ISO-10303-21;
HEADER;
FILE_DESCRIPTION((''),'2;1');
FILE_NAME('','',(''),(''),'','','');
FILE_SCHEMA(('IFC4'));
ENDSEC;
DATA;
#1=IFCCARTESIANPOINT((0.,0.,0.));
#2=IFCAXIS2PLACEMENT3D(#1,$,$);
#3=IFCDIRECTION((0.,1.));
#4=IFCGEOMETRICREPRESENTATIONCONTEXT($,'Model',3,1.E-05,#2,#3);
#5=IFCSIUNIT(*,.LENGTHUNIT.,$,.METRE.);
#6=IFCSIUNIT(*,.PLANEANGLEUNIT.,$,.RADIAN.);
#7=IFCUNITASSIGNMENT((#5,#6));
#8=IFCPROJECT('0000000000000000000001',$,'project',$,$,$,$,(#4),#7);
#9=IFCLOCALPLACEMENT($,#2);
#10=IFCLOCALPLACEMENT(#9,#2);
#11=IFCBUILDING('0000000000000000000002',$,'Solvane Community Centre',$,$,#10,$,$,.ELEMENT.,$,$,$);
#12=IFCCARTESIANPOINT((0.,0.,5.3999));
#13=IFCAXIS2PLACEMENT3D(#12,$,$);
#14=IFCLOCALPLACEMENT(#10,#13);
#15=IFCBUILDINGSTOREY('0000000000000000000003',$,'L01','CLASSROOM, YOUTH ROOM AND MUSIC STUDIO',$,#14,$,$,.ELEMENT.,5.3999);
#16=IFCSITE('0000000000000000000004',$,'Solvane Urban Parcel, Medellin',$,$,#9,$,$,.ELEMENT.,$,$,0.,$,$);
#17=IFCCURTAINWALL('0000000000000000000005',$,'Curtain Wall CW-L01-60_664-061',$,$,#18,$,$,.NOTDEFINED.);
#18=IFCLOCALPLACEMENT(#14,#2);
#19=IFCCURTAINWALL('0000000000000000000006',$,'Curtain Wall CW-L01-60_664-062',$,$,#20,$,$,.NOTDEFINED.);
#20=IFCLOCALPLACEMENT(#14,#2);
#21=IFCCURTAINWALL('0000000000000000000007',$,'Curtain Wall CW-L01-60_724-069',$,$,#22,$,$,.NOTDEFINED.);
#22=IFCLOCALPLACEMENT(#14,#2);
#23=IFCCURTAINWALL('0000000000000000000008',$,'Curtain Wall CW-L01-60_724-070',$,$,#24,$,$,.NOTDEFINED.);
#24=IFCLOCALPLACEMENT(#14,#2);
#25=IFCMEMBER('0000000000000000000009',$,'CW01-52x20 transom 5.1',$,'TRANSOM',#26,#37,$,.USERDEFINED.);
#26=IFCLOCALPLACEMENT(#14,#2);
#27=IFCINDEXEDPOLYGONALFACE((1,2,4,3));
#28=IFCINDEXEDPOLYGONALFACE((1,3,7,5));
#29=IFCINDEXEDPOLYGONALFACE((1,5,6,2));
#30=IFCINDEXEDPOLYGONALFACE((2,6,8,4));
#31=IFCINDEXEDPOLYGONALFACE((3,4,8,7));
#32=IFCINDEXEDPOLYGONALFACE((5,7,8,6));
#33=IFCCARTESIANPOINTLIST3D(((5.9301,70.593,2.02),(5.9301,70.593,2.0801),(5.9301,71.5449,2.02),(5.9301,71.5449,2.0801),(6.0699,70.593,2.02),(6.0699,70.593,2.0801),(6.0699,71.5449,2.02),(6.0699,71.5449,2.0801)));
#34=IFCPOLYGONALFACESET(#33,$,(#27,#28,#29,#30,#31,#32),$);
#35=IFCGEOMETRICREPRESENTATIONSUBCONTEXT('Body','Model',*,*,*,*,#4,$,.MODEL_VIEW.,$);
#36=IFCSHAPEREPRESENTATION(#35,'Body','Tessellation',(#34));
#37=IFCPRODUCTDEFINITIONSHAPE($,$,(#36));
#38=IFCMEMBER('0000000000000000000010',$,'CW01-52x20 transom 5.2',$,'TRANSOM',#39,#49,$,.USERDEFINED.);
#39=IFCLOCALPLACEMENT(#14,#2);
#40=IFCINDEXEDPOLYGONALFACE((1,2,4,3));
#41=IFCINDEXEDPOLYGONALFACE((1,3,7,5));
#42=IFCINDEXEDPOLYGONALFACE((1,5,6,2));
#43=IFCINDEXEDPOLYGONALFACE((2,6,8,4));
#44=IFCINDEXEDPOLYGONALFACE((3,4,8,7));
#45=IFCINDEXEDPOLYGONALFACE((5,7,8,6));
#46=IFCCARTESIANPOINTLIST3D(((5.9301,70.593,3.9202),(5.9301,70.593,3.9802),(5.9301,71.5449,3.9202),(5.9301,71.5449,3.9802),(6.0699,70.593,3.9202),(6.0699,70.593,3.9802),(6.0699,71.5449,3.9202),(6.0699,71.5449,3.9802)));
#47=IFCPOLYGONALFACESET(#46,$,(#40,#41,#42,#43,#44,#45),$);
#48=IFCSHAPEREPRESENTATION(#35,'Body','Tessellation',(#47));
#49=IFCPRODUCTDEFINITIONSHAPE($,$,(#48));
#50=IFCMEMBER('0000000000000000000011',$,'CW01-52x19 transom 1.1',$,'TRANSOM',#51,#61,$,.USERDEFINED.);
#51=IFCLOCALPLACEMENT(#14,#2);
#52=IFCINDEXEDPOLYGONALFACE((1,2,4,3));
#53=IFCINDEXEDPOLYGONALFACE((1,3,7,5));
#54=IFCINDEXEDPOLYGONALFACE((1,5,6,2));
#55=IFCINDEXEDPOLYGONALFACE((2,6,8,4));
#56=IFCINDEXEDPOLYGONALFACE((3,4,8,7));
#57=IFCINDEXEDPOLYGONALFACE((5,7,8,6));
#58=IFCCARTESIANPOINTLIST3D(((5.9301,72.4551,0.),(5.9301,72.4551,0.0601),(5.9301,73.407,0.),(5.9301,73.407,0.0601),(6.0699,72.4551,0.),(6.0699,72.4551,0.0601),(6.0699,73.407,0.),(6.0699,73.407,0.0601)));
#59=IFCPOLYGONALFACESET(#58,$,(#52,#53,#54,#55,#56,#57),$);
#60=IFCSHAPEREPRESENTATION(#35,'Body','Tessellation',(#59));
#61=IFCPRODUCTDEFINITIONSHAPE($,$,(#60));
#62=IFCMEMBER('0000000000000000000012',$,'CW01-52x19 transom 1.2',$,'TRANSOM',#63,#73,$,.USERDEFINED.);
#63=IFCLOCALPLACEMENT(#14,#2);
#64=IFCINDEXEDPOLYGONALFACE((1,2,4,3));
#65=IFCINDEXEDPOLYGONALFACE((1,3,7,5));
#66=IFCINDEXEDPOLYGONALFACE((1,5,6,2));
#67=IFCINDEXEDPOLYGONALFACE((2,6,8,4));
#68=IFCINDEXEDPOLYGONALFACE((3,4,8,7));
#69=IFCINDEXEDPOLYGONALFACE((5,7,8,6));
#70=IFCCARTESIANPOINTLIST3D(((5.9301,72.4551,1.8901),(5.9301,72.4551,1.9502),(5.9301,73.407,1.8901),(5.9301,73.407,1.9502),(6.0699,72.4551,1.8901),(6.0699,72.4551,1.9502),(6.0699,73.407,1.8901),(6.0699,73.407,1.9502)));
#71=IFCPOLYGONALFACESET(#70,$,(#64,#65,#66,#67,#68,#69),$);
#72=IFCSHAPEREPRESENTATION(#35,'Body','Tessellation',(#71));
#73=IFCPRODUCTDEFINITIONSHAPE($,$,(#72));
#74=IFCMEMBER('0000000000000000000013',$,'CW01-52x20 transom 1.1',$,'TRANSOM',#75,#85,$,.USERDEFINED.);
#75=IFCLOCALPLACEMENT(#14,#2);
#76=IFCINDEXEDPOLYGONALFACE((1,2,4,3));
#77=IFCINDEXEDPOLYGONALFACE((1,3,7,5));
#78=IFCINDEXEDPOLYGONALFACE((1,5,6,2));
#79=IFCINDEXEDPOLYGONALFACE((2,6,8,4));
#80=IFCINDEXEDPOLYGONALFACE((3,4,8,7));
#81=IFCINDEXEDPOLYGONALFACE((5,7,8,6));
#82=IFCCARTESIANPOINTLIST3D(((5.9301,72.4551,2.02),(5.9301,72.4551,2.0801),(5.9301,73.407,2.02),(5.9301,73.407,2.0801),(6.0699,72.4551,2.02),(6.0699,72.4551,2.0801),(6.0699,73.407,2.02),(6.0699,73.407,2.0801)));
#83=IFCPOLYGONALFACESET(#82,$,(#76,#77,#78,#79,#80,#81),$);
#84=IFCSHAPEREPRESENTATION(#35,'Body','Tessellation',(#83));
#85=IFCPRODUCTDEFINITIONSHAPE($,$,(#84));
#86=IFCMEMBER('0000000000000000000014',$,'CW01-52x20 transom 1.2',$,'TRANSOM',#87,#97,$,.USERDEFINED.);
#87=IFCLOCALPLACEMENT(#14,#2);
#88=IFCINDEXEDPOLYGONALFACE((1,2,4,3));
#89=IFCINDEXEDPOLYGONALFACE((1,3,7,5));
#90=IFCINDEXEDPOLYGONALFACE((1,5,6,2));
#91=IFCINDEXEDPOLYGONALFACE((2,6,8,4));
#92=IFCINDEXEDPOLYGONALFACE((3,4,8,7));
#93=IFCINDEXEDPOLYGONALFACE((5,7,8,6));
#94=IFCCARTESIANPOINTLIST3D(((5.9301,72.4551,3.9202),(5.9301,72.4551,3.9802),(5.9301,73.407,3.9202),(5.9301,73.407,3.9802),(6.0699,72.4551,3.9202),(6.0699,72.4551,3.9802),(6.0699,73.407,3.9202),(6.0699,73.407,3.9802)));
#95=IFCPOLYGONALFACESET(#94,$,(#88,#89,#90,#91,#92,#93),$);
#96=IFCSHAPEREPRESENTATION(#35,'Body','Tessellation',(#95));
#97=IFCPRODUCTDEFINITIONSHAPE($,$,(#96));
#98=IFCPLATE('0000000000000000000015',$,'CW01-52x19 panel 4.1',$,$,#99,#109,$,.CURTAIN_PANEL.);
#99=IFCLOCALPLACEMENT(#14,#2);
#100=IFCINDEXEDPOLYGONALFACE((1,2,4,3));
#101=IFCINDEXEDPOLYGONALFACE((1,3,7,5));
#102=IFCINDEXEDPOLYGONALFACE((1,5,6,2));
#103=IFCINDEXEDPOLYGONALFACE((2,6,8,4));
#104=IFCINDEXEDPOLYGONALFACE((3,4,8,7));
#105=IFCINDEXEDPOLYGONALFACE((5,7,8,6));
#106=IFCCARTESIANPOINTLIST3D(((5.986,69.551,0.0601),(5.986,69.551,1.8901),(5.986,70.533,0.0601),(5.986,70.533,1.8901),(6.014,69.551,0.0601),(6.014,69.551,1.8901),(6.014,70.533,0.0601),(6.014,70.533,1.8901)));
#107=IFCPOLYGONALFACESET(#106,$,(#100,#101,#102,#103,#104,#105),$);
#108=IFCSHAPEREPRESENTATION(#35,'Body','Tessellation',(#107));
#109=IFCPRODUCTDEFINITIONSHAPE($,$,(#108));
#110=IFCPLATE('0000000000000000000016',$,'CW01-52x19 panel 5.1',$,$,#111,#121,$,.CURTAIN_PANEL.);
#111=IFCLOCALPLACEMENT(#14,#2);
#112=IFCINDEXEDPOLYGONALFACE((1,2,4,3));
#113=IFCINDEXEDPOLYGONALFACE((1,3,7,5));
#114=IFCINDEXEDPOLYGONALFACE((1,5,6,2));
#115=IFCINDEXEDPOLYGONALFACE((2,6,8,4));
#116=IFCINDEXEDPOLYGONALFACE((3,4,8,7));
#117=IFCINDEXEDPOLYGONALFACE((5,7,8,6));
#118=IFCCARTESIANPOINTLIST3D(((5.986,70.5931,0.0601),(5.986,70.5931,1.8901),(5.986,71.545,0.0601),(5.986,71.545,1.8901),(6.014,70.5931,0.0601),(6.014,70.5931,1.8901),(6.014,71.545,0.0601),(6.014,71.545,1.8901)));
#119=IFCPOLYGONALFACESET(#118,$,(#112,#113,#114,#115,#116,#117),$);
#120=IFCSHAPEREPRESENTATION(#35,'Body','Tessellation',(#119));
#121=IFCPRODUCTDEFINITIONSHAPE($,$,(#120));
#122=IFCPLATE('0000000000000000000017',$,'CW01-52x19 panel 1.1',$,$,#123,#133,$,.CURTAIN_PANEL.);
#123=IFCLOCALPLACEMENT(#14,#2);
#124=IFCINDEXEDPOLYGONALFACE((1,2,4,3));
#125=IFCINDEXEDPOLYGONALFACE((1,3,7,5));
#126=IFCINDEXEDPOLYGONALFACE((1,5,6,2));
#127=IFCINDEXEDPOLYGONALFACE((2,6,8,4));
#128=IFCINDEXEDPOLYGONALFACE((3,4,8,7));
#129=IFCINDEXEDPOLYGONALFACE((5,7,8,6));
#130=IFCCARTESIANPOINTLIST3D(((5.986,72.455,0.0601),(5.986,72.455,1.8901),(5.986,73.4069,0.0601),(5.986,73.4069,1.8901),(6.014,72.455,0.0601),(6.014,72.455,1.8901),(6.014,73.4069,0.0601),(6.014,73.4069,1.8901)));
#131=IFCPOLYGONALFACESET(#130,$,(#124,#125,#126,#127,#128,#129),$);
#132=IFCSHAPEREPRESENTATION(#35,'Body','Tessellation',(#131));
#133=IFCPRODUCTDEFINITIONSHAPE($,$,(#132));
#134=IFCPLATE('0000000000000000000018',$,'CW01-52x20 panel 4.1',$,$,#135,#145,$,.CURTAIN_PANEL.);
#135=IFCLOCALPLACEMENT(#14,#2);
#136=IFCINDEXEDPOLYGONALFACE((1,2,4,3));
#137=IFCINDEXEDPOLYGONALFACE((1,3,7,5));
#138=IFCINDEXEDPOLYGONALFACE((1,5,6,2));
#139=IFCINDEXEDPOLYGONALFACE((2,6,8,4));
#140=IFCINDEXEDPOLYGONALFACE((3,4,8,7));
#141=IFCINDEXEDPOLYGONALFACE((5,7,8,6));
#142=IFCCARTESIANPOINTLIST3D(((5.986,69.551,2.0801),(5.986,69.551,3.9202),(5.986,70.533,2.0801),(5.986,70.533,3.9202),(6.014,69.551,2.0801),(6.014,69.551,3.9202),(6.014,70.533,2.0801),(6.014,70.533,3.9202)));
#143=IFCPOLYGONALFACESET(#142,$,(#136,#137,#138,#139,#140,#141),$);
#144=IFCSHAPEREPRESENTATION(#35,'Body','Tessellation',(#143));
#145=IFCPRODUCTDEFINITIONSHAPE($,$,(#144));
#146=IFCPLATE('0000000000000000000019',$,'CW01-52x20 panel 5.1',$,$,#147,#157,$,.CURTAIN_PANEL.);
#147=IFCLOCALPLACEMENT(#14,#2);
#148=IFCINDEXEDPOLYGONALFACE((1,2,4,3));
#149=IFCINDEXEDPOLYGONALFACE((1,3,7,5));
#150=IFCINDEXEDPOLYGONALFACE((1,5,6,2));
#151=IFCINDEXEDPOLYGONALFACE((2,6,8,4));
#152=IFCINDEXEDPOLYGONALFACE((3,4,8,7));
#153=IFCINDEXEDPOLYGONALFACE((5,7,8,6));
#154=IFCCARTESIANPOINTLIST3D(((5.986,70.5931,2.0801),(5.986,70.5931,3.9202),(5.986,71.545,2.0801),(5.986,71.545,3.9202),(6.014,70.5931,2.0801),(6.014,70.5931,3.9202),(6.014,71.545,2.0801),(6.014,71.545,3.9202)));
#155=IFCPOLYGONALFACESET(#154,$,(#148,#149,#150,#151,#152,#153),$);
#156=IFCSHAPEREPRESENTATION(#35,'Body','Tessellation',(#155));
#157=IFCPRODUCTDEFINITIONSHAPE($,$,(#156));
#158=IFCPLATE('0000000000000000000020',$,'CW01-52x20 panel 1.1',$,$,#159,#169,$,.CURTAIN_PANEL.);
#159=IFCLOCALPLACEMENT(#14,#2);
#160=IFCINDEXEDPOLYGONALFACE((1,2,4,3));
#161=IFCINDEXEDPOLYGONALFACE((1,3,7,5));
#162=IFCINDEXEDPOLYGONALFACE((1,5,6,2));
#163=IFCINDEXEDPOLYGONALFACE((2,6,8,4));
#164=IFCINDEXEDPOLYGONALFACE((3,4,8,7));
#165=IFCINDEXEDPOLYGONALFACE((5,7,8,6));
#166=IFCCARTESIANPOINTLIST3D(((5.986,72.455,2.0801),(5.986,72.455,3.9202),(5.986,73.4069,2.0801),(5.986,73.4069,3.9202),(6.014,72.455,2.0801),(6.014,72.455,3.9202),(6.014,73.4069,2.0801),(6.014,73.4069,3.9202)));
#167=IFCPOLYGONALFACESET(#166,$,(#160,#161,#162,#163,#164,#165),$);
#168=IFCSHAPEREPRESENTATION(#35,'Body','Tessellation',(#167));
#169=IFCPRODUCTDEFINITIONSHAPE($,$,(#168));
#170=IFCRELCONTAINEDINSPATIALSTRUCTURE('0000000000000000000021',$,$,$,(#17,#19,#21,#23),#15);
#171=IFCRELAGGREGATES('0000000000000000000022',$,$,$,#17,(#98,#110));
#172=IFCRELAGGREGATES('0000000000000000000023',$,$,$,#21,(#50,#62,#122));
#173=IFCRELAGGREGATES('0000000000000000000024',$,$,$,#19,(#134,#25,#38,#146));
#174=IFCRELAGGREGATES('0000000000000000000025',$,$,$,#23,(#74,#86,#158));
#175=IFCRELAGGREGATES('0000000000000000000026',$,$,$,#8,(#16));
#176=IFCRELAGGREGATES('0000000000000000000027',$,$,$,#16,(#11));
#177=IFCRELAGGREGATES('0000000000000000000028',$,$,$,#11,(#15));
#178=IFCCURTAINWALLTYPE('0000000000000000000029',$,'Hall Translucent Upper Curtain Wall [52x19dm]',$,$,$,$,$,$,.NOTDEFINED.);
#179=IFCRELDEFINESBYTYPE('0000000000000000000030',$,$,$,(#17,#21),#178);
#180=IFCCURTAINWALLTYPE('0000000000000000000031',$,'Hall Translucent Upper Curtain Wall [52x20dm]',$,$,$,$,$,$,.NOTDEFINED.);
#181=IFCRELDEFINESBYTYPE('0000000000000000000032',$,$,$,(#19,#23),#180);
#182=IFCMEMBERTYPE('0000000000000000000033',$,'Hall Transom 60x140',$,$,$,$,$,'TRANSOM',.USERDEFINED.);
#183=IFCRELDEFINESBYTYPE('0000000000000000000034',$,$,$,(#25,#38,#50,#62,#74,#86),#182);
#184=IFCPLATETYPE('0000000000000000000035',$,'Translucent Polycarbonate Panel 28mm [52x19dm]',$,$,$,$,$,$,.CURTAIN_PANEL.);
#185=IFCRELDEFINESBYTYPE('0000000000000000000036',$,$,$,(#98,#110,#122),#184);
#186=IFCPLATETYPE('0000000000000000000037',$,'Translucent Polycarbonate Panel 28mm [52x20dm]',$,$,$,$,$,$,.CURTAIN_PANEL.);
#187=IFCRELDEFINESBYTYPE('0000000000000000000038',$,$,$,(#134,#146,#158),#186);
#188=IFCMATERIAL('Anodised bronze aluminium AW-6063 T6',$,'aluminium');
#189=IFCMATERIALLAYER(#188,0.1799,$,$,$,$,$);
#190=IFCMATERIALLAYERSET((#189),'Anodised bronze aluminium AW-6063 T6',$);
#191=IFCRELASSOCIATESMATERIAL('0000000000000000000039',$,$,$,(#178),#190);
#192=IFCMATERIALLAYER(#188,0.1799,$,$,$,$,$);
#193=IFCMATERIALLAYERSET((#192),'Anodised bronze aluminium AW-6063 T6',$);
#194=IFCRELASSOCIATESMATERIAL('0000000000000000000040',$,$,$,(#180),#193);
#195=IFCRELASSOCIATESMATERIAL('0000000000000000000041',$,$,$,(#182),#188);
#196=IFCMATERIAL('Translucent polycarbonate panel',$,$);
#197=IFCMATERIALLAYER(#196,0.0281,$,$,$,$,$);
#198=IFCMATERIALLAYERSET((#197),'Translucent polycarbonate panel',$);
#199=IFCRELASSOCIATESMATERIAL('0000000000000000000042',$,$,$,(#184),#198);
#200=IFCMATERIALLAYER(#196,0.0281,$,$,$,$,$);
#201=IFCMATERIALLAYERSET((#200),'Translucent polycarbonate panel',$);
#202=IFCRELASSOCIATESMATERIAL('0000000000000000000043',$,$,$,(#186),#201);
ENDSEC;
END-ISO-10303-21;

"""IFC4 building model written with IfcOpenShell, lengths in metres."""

from ifc_helpers import new_model, si_unit, direction, frame, origin, origin_2d, place, context, subcontext, project, spatial, rectangle, extrude, material, layer, layer_set, material_profile, profile_set, type_object, element, aggregate, save


model = new_model("IFC4")

# Units and contexts
model_context = context("Model", 3, precision=1e-05, world=origin(), true_north=direction((0.0, 1.0)))
body_context = subcontext(model_context, "Body", "Model", "MODEL_VIEW")
ifc_project = project(units=[si_unit("LENGTHUNIT", "METRE"), si_unit("PLANEANGLEUNIT", "RADIAN")], contexts=[model_context])

# Site, building, storey
site_placement = place(None, origin())
site = spatial("IfcSite", under=ifc_project, at=site_placement, Name="Solvane Urban Parcel, Medellin", CompositionType="ELEMENT", RefElevation=0.0)
building_placement = place(site_placement, origin())
building = spatial("IfcBuilding", under=site, at=building_placement, Name="Solvane Community Centre", CompositionType="ELEMENT")
storey_placement = place(building_placement, frame((0.0, 0.0, 5.3999)))
storey = spatial("IfcBuildingStorey", under=building, at=storey_placement, Name="L01", Description="CLASSROOM, YOUTH ROOM AND MUSIC STUDIO", CompositionType="ELEMENT", Elevation=5.3999)

# Curtain walls
ifc_material_1 = material(Name="Anodised bronze aluminium AW-6063 T6", Category="aluminium")
ifc_layer_1 = layer(ifc_material_1, 0.1799)
ifc_layer_set_1 = layer_set([ifc_layer_1], Name="Anodised bronze aluminium AW-6063 T6")
curtain_wall_type_1 = type_object("IfcCurtainWallType", Name="Hall Translucent Upper Curtain Wall [52x19dm]", PredefinedType="NOTDEFINED", material=ifc_layer_set_1)
curtain_wall_1_placement = place(storey_placement, origin())
curtain_wall_1 = element("IfcCurtainWall", 1, at=curtain_wall_1_placement, inside=storey, type_object=curtain_wall_type_1, Name="Curtain Wall CW-L01-60_664-061", PredefinedType="NOTDEFINED")
ifc_layer_2 = layer(ifc_material_1, 0.1799)
ifc_layer_set_2 = layer_set([ifc_layer_2], Name="Anodised bronze aluminium AW-6063 T6")
curtain_wall_type_2 = type_object("IfcCurtainWallType", Name="Hall Translucent Upper Curtain Wall [52x20dm]", PredefinedType="NOTDEFINED", material=ifc_layer_set_2)
curtain_wall_2_placement = place(storey_placement, origin())
curtain_wall_2 = element("IfcCurtainWall", 2, at=curtain_wall_2_placement, inside=storey, type_object=curtain_wall_type_2, Name="Curtain Wall CW-L01-60_664-062", PredefinedType="NOTDEFINED")

# Curtain walls
curtain_wall_3_placement = place(storey_placement, origin())
curtain_wall_3 = element("IfcCurtainWall", 3, at=curtain_wall_3_placement, inside=storey, type_object=curtain_wall_type_1, Name="Curtain Wall CW-L01-60_724-069", PredefinedType="NOTDEFINED")
curtain_wall_4_placement = place(storey_placement, origin())
curtain_wall_4 = element("IfcCurtainWall", 4, at=curtain_wall_4_placement, inside=storey, type_object=curtain_wall_type_2, Name="Curtain Wall CW-L01-60_724-070", PredefinedType="NOTDEFINED")

# Members
ifc_material_profile_1 = material_profile(ifc_material_1, rectangle(XDim=0.1399, YDim=0.0601, at=origin_2d()), Name="CW-T 60x140")
ifc_profile_set_1 = profile_set([ifc_material_profile_1], Name="Anodised bronze aluminium AW-6063 T6")
member_type_1 = type_object("IfcMemberType", Name="Hall Transom 60x140", ElementType="TRANSOM", PredefinedType="USERDEFINED", material=ifc_profile_set_1)
member_1_placement = place(storey_placement, frame((6.0, 70.593, 2.05), z_axis=(0.0, 1.0, 0.0), x_axis=(-1.0, 0.0, 0.0)))
member_1 = element("IfcMember", 5, at=member_1_placement, type_object=member_type_1, Name="CW01-52x20 transom 5.1", ObjectType="TRANSOM", PredefinedType="USERDEFINED", context=body_context, shape_type="SweptSolid", body=[
    extrude(rectangle(XDim=0.1399, YDim=0.0601, at=origin_2d()), origin(), (0.0, 0.0, 1.0), 0.9519),
])
member_2_placement = place(storey_placement, frame((6.0, 70.593, 3.9502), z_axis=(0.0, 1.0, 0.0), x_axis=(-1.0, 0.0, 0.0)))
member_2 = element("IfcMember", 6, at=member_2_placement, type_object=member_type_1, Name="CW01-52x20 transom 5.2", ObjectType="TRANSOM", PredefinedType="USERDEFINED", context=body_context, shape_type="SweptSolid", body=[
    extrude(rectangle(XDim=0.1399, YDim=0.0601, at=origin_2d()), origin(), (0.0, 0.0, 1.0), 0.9519),
])
member_3_placement = place(storey_placement, frame((6.0, 72.4551, 0.03), z_axis=(0.0, 1.0, 0.0), x_axis=(-1.0, 0.0, 0.0)))
member_3 = element("IfcMember", 7, at=member_3_placement, type_object=member_type_1, Name="CW01-52x19 transom 1.1", ObjectType="TRANSOM", PredefinedType="USERDEFINED", context=body_context, shape_type="SweptSolid", body=[
    extrude(rectangle(XDim=0.1399, YDim=0.0601, at=origin_2d()), origin(), (0.0, 0.0, 1.0), 0.9519),
])
member_4_placement = place(storey_placement, frame((6.0, 72.4551, 1.9202), z_axis=(0.0, 1.0, 0.0), x_axis=(-1.0, 0.0, 0.0)))
member_4 = element("IfcMember", 8, at=member_4_placement, type_object=member_type_1, Name="CW01-52x19 transom 1.2", ObjectType="TRANSOM", PredefinedType="USERDEFINED", context=body_context, shape_type="SweptSolid", body=[
    extrude(rectangle(XDim=0.1399, YDim=0.0601, at=origin_2d()), origin(), (0.0, 0.0, 1.0), 0.9519),
])
member_5_placement = place(storey_placement, frame((6.0, 72.4551, 2.05), z_axis=(0.0, 1.0, 0.0), x_axis=(-1.0, 0.0, 0.0)))
member_5 = element("IfcMember", 9, at=member_5_placement, type_object=member_type_1, Name="CW01-52x20 transom 1.1", ObjectType="TRANSOM", PredefinedType="USERDEFINED", context=body_context, shape_type="SweptSolid", body=[
    extrude(rectangle(XDim=0.1399, YDim=0.0601, at=origin_2d()), origin(), (0.0, 0.0, 1.0), 0.9519),
])
member_6_placement = place(storey_placement, frame((6.0, 72.4551, 3.9502), z_axis=(0.0, 1.0, 0.0), x_axis=(-1.0, 0.0, 0.0)))
member_6 = element("IfcMember", 10, at=member_6_placement, type_object=member_type_1, Name="CW01-52x20 transom 1.2", ObjectType="TRANSOM", PredefinedType="USERDEFINED", context=body_context, shape_type="SweptSolid", body=[
    extrude(rectangle(XDim=0.1399, YDim=0.0601, at=origin_2d()), origin(), (0.0, 0.0, 1.0), 0.9519),
])

# Plates
ifc_material_2 = material(Name="Translucent polycarbonate panel")
ifc_layer_3 = layer(ifc_material_2, 0.0281)
ifc_layer_set_3 = layer_set([ifc_layer_3], Name="Translucent polycarbonate panel")
plate_type_1 = type_object("IfcPlateType", Name="Translucent Polycarbonate Panel 28mm [52x19dm]", PredefinedType="CURTAIN_PANEL", material=ifc_layer_set_3)
plate_1_placement = place(storey_placement, frame((6.0, 70.042, 0.0601), z_axis=(0.0, 0.0, 1.0), x_axis=(0.0, 1.0, 0.0)))
plate_1 = element("IfcPlate", 11, at=plate_1_placement, type_object=plate_type_1, Name="CW01-52x19 panel 4.1", PredefinedType="CURTAIN_PANEL", context=body_context, shape_type="SweptSolid", body=[
    extrude(rectangle(XDim=0.9819, YDim=0.0281, at=origin_2d()), origin(), (0.0, 0.0, 1.0), 1.8301),
])
plate_2_placement = place(storey_placement, frame((6.0, 71.0691, 0.0601), z_axis=(0.0, 0.0, 1.0), x_axis=(0.0, 1.0, 0.0)))
plate_2 = element("IfcPlate", 12, at=plate_2_placement, type_object=plate_type_1, Name="CW01-52x19 panel 5.1", PredefinedType="CURTAIN_PANEL", context=body_context, shape_type="SweptSolid", body=[
    extrude(rectangle(XDim=0.9519, YDim=0.0281, at=origin_2d()), origin(), (0.0, 0.0, 1.0), 1.8301),
])
aggregate(curtain_wall_1, [plate_1, plate_2])
plate_3_placement = place(storey_placement, frame((6.0, 72.9309, 0.0601), z_axis=(0.0, 0.0, 1.0), x_axis=(0.0, 1.0, 0.0)))
plate_3 = element("IfcPlate", 13, at=plate_3_placement, type_object=plate_type_1, Name="CW01-52x19 panel 1.1", PredefinedType="CURTAIN_PANEL", context=body_context, shape_type="SweptSolid", body=[
    extrude(rectangle(XDim=0.9519, YDim=0.0281, at=origin_2d()), origin(), (0.0, 0.0, 1.0), 1.8301),
])
aggregate(curtain_wall_3, [member_3, member_4, plate_3])
ifc_layer_4 = layer(ifc_material_2, 0.0281)
ifc_layer_set_4 = layer_set([ifc_layer_4], Name="Translucent polycarbonate panel")
plate_type_2 = type_object("IfcPlateType", Name="Translucent Polycarbonate Panel 28mm [52x20dm]", PredefinedType="CURTAIN_PANEL", material=ifc_layer_set_4)
plate_4_placement = place(storey_placement, frame((6.0, 70.042, 2.0801), z_axis=(0.0, 0.0, 1.0), x_axis=(0.0, 1.0, 0.0)))
plate_4 = element("IfcPlate", 14, at=plate_4_placement, type_object=plate_type_2, Name="CW01-52x20 panel 4.1", PredefinedType="CURTAIN_PANEL", context=body_context, shape_type="SweptSolid", body=[
    extrude(rectangle(XDim=0.9819, YDim=0.0281, at=origin_2d()), origin(), (0.0, 0.0, 1.0), 1.8401),
])
plate_5_placement = place(storey_placement, frame((6.0, 71.0691, 2.0801), z_axis=(0.0, 0.0, 1.0), x_axis=(0.0, 1.0, 0.0)))
plate_5 = element("IfcPlate", 15, at=plate_5_placement, type_object=plate_type_2, Name="CW01-52x20 panel 5.1", PredefinedType="CURTAIN_PANEL", context=body_context, shape_type="SweptSolid", body=[
    extrude(rectangle(XDim=0.9519, YDim=0.0281, at=origin_2d()), origin(), (0.0, 0.0, 1.0), 1.8401),
])
aggregate(curtain_wall_2, [plate_4, member_1, member_2, plate_5])
plate_6_placement = place(storey_placement, frame((6.0, 72.9309, 2.0801), z_axis=(0.0, 0.0, 1.0), x_axis=(0.0, 1.0, 0.0)))
plate_6 = element("IfcPlate", 16, at=plate_6_placement, type_object=plate_type_2, Name="CW01-52x20 panel 1.1", PredefinedType="CURTAIN_PANEL", context=body_context, shape_type="SweptSolid", body=[
    extrude(rectangle(XDim=0.9519, YDim=0.0281, at=origin_2d()), origin(), (0.0, 0.0, 1.0), 1.8401),
])
aggregate(curtain_wall_4, [member_5, member_6, plate_6])

save(model, "model.ifc")
